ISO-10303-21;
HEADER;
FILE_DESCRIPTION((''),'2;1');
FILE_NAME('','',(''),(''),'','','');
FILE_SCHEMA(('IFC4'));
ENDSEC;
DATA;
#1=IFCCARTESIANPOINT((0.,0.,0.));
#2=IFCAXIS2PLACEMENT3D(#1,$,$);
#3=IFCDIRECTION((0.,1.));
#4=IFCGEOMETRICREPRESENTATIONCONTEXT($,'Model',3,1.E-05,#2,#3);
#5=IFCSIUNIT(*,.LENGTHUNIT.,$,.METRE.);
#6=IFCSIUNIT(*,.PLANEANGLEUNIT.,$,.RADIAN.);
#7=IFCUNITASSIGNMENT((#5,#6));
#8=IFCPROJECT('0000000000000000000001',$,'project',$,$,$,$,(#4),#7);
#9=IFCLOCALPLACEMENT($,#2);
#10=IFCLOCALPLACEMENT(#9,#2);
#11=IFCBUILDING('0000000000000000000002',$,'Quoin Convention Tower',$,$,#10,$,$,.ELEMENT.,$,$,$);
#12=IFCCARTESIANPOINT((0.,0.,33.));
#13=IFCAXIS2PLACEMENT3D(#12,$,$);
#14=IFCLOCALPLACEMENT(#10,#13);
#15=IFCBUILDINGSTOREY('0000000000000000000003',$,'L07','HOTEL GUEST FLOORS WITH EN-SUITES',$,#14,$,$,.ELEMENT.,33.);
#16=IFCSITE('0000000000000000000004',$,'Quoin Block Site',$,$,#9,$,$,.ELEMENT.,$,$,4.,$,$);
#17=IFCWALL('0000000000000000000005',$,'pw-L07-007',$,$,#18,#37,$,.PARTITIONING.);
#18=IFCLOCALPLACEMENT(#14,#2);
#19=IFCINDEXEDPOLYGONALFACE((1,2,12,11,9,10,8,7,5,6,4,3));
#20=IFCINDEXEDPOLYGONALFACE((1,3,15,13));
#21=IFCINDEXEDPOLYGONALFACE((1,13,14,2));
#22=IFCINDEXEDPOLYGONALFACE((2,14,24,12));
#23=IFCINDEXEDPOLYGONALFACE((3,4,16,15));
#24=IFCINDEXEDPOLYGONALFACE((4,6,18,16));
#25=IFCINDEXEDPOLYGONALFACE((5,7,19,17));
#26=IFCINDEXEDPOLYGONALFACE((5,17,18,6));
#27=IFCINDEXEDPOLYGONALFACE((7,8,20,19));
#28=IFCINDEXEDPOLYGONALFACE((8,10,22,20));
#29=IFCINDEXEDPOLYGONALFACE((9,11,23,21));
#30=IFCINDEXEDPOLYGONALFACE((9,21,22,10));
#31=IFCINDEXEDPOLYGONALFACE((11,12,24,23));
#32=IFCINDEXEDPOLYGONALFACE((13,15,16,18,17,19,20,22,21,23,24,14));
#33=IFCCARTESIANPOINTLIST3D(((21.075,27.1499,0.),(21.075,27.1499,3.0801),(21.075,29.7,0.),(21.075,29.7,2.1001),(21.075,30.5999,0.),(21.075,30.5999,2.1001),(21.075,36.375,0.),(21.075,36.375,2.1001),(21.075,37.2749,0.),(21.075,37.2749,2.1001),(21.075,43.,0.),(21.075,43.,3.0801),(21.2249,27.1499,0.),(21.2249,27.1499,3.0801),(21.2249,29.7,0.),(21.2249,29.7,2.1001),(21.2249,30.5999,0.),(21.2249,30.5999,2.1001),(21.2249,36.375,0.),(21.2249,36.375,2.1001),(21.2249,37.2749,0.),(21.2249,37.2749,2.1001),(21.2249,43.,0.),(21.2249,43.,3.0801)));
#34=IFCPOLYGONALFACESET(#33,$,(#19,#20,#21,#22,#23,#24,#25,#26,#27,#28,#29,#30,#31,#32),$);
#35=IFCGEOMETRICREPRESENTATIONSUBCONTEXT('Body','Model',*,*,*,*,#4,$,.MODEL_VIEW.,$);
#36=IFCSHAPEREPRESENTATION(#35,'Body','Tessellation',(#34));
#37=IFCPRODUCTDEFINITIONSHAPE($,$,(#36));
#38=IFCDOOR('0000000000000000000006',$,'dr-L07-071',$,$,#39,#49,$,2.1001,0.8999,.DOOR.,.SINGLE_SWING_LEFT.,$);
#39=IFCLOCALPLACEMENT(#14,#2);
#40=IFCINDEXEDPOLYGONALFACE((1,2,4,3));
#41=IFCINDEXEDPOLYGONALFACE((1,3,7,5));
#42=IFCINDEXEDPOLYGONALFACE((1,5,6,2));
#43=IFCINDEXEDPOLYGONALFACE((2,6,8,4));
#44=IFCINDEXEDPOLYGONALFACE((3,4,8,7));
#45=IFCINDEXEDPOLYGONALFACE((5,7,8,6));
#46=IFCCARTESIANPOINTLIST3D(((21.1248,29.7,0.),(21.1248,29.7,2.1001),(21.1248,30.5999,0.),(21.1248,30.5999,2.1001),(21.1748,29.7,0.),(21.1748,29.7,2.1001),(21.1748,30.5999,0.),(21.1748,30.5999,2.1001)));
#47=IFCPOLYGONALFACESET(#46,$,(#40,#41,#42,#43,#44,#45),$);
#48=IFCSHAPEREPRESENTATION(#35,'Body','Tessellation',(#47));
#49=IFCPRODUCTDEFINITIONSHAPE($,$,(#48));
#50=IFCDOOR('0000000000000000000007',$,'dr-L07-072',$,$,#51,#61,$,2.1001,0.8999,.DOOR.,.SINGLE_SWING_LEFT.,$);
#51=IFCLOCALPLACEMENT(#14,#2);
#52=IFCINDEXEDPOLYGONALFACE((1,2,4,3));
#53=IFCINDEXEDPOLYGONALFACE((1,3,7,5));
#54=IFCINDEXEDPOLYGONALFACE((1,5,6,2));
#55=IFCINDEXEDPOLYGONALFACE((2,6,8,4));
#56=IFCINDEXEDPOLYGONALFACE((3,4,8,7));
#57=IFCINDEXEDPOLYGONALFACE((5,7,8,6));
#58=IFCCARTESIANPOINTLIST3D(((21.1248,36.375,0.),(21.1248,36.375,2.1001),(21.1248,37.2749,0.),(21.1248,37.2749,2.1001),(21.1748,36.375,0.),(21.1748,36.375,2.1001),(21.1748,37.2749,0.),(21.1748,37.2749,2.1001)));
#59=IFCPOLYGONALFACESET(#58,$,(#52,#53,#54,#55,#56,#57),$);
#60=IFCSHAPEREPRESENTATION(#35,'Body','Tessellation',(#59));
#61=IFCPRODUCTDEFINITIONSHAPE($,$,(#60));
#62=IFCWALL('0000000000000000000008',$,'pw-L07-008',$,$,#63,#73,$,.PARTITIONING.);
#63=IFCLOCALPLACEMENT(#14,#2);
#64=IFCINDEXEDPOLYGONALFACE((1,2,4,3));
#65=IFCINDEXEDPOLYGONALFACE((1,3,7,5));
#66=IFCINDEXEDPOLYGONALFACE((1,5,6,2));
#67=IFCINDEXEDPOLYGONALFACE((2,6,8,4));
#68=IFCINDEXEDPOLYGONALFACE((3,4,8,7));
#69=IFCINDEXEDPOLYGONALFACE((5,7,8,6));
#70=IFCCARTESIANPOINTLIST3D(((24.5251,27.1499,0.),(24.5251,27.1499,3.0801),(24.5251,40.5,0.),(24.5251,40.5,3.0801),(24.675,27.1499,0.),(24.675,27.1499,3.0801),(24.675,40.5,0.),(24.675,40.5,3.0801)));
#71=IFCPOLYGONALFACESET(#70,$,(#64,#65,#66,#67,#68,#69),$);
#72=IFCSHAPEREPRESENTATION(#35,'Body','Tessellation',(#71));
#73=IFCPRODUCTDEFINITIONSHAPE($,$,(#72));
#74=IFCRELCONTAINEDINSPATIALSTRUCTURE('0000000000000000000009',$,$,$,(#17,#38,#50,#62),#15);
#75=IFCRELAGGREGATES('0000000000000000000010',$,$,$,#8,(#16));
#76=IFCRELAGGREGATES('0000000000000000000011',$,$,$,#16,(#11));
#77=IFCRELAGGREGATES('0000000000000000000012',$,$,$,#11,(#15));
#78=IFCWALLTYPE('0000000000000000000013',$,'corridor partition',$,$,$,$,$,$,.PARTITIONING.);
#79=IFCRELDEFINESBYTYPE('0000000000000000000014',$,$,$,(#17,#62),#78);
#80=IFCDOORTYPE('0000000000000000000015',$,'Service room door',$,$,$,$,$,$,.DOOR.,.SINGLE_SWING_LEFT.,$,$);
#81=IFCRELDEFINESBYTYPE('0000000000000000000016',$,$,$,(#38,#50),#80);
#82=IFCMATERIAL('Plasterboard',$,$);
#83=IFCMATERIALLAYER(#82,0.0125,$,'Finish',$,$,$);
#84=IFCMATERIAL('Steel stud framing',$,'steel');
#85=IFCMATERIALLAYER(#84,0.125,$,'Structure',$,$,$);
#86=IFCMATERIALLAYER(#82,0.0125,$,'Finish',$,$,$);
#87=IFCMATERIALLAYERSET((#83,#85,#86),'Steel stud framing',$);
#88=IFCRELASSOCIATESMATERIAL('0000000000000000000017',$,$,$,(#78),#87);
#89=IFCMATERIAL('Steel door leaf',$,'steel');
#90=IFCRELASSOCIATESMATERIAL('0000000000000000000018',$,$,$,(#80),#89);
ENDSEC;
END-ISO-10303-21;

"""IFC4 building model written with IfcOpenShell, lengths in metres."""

from ifc_helpers import new_model, si_unit, direction, frame, frame_2d, origin, place, context, subcontext, project, spatial, rectangle, extrude, material, layer, layer_set, type_object, element, fill, save


model = new_model("IFC4")

# Units and contexts
model_context = context("Model", 3, precision=1e-05, world=origin(), true_north=direction((0.0, 1.0)))
body_context = subcontext(model_context, "Body", "Model", "MODEL_VIEW")
ifc_project = project(units=[si_unit("LENGTHUNIT", "METRE"), si_unit("PLANEANGLEUNIT", "RADIAN")], contexts=[model_context])

# Site, building, storey
site_placement = place(None, origin())
site = spatial("IfcSite", under=ifc_project, at=site_placement, Name="Quoin Block Site", CompositionType="ELEMENT", RefElevation=4.0)
building_placement = place(site_placement, origin())
building = spatial("IfcBuilding", under=site, at=building_placement, Name="Quoin Convention Tower", CompositionType="ELEMENT")
storey_placement = place(building_placement, frame((0.0, 0.0, 33.0)))
storey = spatial("IfcBuildingStorey", under=building, at=storey_placement, Name="L07", Description="HOTEL GUEST FLOORS WITH EN-SUITES", CompositionType="ELEMENT", Elevation=33.0)

# Shared definitions
ifc_material_1 = material(Name="Steel door leaf", Category="steel")

# Shared definitions
ifc_material_2 = material(Name="Plasterboard")
ifc_layer_1 = layer(ifc_material_2, 0.0125, Name="Finish")
ifc_material_3 = material(Name="Steel stud framing", Category="steel")
ifc_layer_2 = layer(ifc_material_3, 0.125, Name="Structure")
ifc_layer_3 = layer(ifc_material_2, 0.0125, Name="Finish")
ifc_layer_set_1 = layer_set([ifc_layer_1, ifc_layer_2, ifc_layer_3], Name="Steel stud framing")
wall_type_1 = type_object("IfcWallType", Name="corridor partition", PredefinedType="PARTITIONING", material=ifc_layer_set_1)

# Wall, openings, doors
wall_1_placement = place(storey_placement, frame((21.1499, 27.1499, 0.0), z_axis=(0.0, 0.0, 1.0), x_axis=(0.0, 1.0, 0.0)))
wall_1 = element("IfcWall", 1, at=wall_1_placement, inside=storey, type_object=wall_type_1, Name="pw-L07-007", PredefinedType="PARTITIONING", context=body_context, shape_type="SweptSolid", body=[
    extrude(rectangle(XDim=15.8501, YDim=0.1499, at=frame_2d((7.925, 0.0))), origin(), (0.0, 0.0, 1.0), 3.0801),
])
opening_1_placement = place(wall_1_placement, frame((2.55, 0.0, 0.0)))
opening_1 = element("IfcOpeningElement", 2, at=opening_1_placement, cuts=wall_1, PredefinedType="OPENING", context=body_context, shape_type="SweptSolid", body=[
    extrude(rectangle(XDim=0.8999, YDim=2.1001, at=frame_2d((0.45, 1.05))), frame((0.0, 0.085, 0.0), z_axis=(0.0, -1.0, 0.0), x_axis=(1.0, 0.0, 0.0)), (0.0, 0.0, 1.0), 0.1699),
])
opening_2_placement = place(wall_1_placement, frame((9.2251, 0.0, 0.0)))
opening_2 = element("IfcOpeningElement", 3, at=opening_2_placement, cuts=wall_1, PredefinedType="OPENING", context=body_context, shape_type="SweptSolid", body=[
    extrude(rectangle(XDim=0.8999, YDim=2.1001, at=frame_2d((0.45, 1.05))), frame((0.0, 0.085, 0.0), z_axis=(0.0, -1.0, 0.0), x_axis=(1.0, 0.0, 0.0)), (0.0, 0.0, 1.0), 0.1699),
])
door_type_1 = type_object("IfcDoorType", Name="Service room door", OperationType="SINGLE_SWING_LEFT", PredefinedType="DOOR", material=ifc_material_1)
door_1_placement = place(opening_1_placement, frame((0.8999, 0.0, 0.0), z_axis=(0.0, 0.0, 1.0), x_axis=(-1.0, 0.0, 0.0)))
door_1 = element("IfcDoor", 4, at=door_1_placement, inside=storey, type_object=door_type_1, Name="dr-L07-071", OperationType="SINGLE_SWING_LEFT", OverallHeight=2.1001, OverallWidth=0.8999, PredefinedType="DOOR", context=body_context, shape_type="SweptSolid", body=[
    extrude(rectangle(XDim=0.8999, YDim=2.1001, at=frame_2d((0.45, 1.05))), frame((0.0, 0.0249, 0.0), z_axis=(0.0, -1.0, 0.0), x_axis=(1.0, 0.0, 0.0)), (0.0, 0.0, 1.0), 0.05),
])
fill(opening_1, door_1)
door_2_placement = place(opening_2_placement, frame((0.8999, 0.0, 0.0), z_axis=(0.0, 0.0, 1.0), x_axis=(-1.0, 0.0, 0.0)))
door_2 = element("IfcDoor", 5, at=door_2_placement, inside=storey, type_object=door_type_1, Name="dr-L07-072", OperationType="SINGLE_SWING_LEFT", OverallHeight=2.1001, OverallWidth=0.8999, PredefinedType="DOOR", context=body_context, shape_type="SweptSolid", body=[
    extrude(rectangle(XDim=0.8999, YDim=2.1001, at=frame_2d((0.45, 1.05))), frame((0.0, 0.0249, 0.0), z_axis=(0.0, -1.0, 0.0), x_axis=(1.0, 0.0, 0.0)), (0.0, 0.0, 1.0), 0.05),
])
fill(opening_2, door_2)

# Wall
wall_2_placement = place(storey_placement, frame((24.6001, 27.1499, 0.0), z_axis=(0.0, 0.0, 1.0), x_axis=(0.0, 1.0, 0.0)))
element("IfcWall", 6, at=wall_2_placement, inside=storey, type_object=wall_type_1, Name="pw-L07-008", PredefinedType="PARTITIONING", context=body_context, shape_type="SweptSolid", body=[
    extrude(rectangle(XDim=13.3501, YDim=0.1499, at=frame_2d((6.675, 0.0))), origin(), (0.0, 0.0, 1.0), 3.0801),
])

save(model, "model.ifc")
